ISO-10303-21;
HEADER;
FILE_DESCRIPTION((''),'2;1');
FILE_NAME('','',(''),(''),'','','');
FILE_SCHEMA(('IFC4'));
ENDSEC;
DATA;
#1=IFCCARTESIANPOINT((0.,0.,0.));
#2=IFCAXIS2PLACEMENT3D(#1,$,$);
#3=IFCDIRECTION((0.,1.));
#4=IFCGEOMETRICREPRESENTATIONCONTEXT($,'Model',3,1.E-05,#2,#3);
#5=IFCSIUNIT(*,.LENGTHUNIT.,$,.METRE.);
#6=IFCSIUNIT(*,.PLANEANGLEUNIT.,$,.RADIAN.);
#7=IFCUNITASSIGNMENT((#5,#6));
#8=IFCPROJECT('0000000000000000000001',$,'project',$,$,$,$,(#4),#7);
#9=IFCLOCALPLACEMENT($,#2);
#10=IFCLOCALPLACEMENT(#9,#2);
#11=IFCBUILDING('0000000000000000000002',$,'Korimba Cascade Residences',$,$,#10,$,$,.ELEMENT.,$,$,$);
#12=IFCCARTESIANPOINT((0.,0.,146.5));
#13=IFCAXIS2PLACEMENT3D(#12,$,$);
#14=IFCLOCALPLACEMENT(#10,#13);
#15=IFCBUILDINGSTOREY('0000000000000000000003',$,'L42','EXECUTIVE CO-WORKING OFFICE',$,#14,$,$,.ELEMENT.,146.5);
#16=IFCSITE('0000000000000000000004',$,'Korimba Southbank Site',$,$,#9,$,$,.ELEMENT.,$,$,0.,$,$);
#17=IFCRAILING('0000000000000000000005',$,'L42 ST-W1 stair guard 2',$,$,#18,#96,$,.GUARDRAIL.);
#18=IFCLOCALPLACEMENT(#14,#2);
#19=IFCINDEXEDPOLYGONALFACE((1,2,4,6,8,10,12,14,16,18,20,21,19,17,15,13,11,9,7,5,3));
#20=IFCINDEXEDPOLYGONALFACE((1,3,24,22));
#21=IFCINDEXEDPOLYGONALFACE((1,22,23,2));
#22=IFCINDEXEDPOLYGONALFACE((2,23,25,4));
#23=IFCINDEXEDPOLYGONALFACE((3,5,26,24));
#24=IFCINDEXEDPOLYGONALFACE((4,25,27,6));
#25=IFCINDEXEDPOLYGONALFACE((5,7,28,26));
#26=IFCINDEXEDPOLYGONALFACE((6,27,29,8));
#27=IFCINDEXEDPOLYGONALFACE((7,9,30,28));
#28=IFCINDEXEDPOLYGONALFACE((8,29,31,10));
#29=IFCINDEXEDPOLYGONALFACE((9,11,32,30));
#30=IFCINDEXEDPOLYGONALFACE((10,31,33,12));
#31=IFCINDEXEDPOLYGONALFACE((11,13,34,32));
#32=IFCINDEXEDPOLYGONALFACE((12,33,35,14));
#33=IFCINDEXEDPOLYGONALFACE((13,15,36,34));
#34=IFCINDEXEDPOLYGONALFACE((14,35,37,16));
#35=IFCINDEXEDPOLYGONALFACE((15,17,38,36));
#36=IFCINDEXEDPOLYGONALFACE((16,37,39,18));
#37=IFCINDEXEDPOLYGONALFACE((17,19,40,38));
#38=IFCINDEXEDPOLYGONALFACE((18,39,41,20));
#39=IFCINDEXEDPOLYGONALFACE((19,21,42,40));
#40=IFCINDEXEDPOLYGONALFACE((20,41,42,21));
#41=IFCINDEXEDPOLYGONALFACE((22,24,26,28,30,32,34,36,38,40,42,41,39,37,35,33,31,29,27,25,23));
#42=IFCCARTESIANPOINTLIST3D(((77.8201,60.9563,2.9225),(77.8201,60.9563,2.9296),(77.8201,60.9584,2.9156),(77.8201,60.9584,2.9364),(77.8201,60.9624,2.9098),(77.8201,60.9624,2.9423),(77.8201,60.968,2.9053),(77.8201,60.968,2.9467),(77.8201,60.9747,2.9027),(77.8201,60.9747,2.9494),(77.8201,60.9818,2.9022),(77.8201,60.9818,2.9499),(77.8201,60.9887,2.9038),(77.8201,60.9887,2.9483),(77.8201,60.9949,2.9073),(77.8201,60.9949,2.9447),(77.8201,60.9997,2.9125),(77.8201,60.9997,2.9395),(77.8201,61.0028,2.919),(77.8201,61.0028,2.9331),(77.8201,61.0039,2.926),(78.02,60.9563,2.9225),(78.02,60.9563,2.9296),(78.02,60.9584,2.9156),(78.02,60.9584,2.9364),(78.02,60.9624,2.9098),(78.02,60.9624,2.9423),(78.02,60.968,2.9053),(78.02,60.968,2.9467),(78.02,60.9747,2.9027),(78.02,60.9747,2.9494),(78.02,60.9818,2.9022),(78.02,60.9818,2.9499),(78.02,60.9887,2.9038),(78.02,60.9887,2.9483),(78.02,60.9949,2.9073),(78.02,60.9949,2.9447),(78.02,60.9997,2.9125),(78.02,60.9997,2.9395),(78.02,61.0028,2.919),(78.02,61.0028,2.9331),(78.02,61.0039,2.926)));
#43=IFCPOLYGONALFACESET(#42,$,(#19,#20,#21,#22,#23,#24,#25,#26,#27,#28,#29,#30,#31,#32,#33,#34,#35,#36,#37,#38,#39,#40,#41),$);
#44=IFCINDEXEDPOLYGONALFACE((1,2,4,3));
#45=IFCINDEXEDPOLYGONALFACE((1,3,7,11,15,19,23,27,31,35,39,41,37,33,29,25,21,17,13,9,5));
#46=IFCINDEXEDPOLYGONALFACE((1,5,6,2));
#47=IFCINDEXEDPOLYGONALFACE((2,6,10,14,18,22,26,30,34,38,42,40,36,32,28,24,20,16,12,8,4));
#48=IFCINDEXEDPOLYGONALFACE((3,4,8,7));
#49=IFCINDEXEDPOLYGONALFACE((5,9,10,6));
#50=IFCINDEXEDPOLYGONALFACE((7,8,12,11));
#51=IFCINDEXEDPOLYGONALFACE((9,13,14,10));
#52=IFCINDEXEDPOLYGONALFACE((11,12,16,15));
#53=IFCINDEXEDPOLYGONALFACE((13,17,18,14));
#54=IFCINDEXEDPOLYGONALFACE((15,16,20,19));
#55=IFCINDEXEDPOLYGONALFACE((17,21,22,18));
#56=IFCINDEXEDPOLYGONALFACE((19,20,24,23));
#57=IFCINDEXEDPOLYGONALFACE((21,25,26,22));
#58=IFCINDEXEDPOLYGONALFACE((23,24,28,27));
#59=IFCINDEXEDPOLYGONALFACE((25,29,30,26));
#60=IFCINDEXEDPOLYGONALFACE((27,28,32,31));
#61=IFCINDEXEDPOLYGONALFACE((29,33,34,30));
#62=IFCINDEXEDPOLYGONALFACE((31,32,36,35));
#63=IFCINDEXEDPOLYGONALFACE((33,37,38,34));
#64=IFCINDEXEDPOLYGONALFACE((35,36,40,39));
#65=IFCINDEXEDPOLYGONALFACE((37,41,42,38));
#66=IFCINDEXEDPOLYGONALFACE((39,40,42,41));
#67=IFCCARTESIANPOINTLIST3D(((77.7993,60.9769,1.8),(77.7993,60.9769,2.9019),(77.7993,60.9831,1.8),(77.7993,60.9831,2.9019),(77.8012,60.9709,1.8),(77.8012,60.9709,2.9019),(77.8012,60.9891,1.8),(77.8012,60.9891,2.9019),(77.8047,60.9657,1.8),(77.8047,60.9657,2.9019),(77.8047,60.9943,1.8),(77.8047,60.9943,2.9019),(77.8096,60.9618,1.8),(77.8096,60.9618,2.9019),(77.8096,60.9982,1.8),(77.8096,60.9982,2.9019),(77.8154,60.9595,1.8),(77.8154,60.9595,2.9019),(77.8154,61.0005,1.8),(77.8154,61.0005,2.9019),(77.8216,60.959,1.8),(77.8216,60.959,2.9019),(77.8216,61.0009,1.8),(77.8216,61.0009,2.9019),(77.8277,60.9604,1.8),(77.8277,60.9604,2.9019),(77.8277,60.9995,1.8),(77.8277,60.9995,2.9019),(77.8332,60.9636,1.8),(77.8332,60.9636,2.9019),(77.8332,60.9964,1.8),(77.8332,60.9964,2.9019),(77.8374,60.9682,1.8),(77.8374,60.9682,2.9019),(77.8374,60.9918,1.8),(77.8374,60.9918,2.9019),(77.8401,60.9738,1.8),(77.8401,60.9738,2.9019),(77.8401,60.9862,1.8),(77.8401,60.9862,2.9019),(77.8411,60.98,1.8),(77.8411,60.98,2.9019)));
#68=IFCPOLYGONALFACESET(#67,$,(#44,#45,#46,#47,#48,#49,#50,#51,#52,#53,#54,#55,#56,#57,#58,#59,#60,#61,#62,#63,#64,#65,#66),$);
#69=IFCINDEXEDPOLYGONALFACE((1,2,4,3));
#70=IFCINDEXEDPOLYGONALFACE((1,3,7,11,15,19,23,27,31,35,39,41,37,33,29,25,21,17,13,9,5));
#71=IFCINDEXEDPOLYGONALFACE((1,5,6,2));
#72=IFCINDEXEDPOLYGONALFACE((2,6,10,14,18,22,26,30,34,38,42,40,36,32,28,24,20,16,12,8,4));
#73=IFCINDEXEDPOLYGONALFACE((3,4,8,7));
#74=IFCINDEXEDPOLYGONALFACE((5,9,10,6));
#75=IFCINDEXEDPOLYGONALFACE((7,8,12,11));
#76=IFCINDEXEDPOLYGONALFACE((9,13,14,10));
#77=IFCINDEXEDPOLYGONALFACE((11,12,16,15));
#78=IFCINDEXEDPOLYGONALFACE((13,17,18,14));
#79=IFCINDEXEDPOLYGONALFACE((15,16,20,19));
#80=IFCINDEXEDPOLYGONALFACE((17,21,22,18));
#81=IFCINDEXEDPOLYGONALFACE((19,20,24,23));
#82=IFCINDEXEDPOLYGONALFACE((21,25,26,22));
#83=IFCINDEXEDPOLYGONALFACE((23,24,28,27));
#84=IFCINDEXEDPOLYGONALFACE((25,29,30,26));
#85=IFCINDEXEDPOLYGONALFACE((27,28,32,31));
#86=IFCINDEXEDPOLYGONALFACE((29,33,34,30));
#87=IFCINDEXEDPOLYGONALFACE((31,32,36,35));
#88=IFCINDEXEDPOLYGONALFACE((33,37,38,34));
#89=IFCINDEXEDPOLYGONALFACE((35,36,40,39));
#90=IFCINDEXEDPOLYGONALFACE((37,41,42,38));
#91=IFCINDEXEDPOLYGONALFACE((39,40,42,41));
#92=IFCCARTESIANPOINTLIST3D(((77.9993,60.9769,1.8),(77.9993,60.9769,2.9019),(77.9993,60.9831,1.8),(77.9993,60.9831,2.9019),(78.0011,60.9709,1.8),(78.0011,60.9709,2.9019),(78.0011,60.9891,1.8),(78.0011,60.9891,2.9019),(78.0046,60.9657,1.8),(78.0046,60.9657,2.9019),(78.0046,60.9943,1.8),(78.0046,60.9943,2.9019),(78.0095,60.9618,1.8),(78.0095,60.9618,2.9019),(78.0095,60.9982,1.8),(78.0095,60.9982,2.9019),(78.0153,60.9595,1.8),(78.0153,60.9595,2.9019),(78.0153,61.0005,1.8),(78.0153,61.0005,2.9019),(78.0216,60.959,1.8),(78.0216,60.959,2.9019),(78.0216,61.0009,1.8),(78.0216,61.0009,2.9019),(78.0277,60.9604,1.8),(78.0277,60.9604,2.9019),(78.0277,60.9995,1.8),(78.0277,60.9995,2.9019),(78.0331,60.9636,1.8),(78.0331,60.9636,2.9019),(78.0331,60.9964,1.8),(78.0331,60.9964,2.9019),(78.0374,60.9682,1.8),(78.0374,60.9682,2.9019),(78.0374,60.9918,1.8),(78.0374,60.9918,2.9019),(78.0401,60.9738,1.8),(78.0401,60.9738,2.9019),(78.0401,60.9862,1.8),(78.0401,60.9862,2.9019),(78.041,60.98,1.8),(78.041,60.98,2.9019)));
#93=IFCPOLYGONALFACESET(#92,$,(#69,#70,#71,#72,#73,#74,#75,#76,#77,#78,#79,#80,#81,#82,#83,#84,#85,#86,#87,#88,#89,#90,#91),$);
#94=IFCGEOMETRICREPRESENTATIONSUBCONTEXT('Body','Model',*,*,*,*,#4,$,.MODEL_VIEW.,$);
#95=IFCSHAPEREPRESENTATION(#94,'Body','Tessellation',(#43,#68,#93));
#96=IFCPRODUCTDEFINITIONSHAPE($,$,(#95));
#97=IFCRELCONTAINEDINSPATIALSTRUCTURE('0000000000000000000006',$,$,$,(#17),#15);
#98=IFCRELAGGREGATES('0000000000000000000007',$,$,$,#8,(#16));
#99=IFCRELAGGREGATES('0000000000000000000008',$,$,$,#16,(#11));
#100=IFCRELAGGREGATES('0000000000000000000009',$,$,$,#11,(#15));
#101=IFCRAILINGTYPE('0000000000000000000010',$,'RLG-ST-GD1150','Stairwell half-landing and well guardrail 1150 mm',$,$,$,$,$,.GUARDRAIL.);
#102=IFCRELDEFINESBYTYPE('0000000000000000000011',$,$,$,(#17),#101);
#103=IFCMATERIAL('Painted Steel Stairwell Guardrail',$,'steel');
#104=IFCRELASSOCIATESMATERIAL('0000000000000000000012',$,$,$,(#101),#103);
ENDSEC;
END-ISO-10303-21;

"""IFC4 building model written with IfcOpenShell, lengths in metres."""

from ifc_helpers import new_model, si_unit, direction, frame, origin, origin_2d, place, context, subcontext, project, spatial, circle, extrude, material, type_object, element, save


model = new_model("IFC4")

# Units and contexts
model_context = context("Model", 3, precision=1e-05, world=origin(), true_north=direction((0.0, 1.0)))
body_context = subcontext(model_context, "Body", "Model", "MODEL_VIEW")
ifc_project = project(units=[si_unit("LENGTHUNIT", "METRE"), si_unit("PLANEANGLEUNIT", "RADIAN")], contexts=[model_context])

# Site, building, storey
site_placement = place(None, origin())
site = spatial("IfcSite", under=ifc_project, at=site_placement, Name="Korimba Southbank Site", CompositionType="ELEMENT", RefElevation=0.0)
building_placement = place(site_placement, origin())
building = spatial("IfcBuilding", under=site, at=building_placement, Name="Korimba Cascade Residences", CompositionType="ELEMENT")
storey_placement = place(building_placement, frame((0.0, 0.0, 146.5)))
storey = spatial("IfcBuildingStorey", under=building, at=storey_placement, Name="L42", Description="EXECUTIVE CO-WORKING OFFICE", CompositionType="ELEMENT", Elevation=146.5)

# Railing
ifc_material_1 = material(Name="Painted Steel Stairwell Guardrail", Category="steel")
railing_type_1 = type_object("IfcRailingType", Name="RLG-ST-GD1150", Description="Stairwell half-landing and well guardrail 1150 mm", PredefinedType="GUARDRAIL", material=ifc_material_1)
railing_1_placement = place(storey_placement, frame((77.8201, 60.98, 1.8)))
element("IfcRailing", 1, at=railing_1_placement, inside=storey, type_object=railing_type_1, Name="L42 ST-W1 stair guard 2", PredefinedType="GUARDRAIL", context=body_context, shape_type="SweptSolid", body=[
    extrude(circle(Radius=0.0239, at=origin_2d()), frame((0.0, 0.0, 1.126), z_axis=(1.0, 0.0, 0.0), x_axis=(0.0, 1.0, 0.0)), (0.0, 0.0, 1.0), 0.2),
    extrude(circle(Radius=0.021, at=origin_2d()), origin(), (0.0, 0.0, 1.0), 1.1018),
    extrude(circle(Radius=0.021, at=origin_2d()), frame((0.2, 0.0, 0.0)), (0.0, 0.0, 1.0), 1.1018),
])

save(model, "model.ifc")
